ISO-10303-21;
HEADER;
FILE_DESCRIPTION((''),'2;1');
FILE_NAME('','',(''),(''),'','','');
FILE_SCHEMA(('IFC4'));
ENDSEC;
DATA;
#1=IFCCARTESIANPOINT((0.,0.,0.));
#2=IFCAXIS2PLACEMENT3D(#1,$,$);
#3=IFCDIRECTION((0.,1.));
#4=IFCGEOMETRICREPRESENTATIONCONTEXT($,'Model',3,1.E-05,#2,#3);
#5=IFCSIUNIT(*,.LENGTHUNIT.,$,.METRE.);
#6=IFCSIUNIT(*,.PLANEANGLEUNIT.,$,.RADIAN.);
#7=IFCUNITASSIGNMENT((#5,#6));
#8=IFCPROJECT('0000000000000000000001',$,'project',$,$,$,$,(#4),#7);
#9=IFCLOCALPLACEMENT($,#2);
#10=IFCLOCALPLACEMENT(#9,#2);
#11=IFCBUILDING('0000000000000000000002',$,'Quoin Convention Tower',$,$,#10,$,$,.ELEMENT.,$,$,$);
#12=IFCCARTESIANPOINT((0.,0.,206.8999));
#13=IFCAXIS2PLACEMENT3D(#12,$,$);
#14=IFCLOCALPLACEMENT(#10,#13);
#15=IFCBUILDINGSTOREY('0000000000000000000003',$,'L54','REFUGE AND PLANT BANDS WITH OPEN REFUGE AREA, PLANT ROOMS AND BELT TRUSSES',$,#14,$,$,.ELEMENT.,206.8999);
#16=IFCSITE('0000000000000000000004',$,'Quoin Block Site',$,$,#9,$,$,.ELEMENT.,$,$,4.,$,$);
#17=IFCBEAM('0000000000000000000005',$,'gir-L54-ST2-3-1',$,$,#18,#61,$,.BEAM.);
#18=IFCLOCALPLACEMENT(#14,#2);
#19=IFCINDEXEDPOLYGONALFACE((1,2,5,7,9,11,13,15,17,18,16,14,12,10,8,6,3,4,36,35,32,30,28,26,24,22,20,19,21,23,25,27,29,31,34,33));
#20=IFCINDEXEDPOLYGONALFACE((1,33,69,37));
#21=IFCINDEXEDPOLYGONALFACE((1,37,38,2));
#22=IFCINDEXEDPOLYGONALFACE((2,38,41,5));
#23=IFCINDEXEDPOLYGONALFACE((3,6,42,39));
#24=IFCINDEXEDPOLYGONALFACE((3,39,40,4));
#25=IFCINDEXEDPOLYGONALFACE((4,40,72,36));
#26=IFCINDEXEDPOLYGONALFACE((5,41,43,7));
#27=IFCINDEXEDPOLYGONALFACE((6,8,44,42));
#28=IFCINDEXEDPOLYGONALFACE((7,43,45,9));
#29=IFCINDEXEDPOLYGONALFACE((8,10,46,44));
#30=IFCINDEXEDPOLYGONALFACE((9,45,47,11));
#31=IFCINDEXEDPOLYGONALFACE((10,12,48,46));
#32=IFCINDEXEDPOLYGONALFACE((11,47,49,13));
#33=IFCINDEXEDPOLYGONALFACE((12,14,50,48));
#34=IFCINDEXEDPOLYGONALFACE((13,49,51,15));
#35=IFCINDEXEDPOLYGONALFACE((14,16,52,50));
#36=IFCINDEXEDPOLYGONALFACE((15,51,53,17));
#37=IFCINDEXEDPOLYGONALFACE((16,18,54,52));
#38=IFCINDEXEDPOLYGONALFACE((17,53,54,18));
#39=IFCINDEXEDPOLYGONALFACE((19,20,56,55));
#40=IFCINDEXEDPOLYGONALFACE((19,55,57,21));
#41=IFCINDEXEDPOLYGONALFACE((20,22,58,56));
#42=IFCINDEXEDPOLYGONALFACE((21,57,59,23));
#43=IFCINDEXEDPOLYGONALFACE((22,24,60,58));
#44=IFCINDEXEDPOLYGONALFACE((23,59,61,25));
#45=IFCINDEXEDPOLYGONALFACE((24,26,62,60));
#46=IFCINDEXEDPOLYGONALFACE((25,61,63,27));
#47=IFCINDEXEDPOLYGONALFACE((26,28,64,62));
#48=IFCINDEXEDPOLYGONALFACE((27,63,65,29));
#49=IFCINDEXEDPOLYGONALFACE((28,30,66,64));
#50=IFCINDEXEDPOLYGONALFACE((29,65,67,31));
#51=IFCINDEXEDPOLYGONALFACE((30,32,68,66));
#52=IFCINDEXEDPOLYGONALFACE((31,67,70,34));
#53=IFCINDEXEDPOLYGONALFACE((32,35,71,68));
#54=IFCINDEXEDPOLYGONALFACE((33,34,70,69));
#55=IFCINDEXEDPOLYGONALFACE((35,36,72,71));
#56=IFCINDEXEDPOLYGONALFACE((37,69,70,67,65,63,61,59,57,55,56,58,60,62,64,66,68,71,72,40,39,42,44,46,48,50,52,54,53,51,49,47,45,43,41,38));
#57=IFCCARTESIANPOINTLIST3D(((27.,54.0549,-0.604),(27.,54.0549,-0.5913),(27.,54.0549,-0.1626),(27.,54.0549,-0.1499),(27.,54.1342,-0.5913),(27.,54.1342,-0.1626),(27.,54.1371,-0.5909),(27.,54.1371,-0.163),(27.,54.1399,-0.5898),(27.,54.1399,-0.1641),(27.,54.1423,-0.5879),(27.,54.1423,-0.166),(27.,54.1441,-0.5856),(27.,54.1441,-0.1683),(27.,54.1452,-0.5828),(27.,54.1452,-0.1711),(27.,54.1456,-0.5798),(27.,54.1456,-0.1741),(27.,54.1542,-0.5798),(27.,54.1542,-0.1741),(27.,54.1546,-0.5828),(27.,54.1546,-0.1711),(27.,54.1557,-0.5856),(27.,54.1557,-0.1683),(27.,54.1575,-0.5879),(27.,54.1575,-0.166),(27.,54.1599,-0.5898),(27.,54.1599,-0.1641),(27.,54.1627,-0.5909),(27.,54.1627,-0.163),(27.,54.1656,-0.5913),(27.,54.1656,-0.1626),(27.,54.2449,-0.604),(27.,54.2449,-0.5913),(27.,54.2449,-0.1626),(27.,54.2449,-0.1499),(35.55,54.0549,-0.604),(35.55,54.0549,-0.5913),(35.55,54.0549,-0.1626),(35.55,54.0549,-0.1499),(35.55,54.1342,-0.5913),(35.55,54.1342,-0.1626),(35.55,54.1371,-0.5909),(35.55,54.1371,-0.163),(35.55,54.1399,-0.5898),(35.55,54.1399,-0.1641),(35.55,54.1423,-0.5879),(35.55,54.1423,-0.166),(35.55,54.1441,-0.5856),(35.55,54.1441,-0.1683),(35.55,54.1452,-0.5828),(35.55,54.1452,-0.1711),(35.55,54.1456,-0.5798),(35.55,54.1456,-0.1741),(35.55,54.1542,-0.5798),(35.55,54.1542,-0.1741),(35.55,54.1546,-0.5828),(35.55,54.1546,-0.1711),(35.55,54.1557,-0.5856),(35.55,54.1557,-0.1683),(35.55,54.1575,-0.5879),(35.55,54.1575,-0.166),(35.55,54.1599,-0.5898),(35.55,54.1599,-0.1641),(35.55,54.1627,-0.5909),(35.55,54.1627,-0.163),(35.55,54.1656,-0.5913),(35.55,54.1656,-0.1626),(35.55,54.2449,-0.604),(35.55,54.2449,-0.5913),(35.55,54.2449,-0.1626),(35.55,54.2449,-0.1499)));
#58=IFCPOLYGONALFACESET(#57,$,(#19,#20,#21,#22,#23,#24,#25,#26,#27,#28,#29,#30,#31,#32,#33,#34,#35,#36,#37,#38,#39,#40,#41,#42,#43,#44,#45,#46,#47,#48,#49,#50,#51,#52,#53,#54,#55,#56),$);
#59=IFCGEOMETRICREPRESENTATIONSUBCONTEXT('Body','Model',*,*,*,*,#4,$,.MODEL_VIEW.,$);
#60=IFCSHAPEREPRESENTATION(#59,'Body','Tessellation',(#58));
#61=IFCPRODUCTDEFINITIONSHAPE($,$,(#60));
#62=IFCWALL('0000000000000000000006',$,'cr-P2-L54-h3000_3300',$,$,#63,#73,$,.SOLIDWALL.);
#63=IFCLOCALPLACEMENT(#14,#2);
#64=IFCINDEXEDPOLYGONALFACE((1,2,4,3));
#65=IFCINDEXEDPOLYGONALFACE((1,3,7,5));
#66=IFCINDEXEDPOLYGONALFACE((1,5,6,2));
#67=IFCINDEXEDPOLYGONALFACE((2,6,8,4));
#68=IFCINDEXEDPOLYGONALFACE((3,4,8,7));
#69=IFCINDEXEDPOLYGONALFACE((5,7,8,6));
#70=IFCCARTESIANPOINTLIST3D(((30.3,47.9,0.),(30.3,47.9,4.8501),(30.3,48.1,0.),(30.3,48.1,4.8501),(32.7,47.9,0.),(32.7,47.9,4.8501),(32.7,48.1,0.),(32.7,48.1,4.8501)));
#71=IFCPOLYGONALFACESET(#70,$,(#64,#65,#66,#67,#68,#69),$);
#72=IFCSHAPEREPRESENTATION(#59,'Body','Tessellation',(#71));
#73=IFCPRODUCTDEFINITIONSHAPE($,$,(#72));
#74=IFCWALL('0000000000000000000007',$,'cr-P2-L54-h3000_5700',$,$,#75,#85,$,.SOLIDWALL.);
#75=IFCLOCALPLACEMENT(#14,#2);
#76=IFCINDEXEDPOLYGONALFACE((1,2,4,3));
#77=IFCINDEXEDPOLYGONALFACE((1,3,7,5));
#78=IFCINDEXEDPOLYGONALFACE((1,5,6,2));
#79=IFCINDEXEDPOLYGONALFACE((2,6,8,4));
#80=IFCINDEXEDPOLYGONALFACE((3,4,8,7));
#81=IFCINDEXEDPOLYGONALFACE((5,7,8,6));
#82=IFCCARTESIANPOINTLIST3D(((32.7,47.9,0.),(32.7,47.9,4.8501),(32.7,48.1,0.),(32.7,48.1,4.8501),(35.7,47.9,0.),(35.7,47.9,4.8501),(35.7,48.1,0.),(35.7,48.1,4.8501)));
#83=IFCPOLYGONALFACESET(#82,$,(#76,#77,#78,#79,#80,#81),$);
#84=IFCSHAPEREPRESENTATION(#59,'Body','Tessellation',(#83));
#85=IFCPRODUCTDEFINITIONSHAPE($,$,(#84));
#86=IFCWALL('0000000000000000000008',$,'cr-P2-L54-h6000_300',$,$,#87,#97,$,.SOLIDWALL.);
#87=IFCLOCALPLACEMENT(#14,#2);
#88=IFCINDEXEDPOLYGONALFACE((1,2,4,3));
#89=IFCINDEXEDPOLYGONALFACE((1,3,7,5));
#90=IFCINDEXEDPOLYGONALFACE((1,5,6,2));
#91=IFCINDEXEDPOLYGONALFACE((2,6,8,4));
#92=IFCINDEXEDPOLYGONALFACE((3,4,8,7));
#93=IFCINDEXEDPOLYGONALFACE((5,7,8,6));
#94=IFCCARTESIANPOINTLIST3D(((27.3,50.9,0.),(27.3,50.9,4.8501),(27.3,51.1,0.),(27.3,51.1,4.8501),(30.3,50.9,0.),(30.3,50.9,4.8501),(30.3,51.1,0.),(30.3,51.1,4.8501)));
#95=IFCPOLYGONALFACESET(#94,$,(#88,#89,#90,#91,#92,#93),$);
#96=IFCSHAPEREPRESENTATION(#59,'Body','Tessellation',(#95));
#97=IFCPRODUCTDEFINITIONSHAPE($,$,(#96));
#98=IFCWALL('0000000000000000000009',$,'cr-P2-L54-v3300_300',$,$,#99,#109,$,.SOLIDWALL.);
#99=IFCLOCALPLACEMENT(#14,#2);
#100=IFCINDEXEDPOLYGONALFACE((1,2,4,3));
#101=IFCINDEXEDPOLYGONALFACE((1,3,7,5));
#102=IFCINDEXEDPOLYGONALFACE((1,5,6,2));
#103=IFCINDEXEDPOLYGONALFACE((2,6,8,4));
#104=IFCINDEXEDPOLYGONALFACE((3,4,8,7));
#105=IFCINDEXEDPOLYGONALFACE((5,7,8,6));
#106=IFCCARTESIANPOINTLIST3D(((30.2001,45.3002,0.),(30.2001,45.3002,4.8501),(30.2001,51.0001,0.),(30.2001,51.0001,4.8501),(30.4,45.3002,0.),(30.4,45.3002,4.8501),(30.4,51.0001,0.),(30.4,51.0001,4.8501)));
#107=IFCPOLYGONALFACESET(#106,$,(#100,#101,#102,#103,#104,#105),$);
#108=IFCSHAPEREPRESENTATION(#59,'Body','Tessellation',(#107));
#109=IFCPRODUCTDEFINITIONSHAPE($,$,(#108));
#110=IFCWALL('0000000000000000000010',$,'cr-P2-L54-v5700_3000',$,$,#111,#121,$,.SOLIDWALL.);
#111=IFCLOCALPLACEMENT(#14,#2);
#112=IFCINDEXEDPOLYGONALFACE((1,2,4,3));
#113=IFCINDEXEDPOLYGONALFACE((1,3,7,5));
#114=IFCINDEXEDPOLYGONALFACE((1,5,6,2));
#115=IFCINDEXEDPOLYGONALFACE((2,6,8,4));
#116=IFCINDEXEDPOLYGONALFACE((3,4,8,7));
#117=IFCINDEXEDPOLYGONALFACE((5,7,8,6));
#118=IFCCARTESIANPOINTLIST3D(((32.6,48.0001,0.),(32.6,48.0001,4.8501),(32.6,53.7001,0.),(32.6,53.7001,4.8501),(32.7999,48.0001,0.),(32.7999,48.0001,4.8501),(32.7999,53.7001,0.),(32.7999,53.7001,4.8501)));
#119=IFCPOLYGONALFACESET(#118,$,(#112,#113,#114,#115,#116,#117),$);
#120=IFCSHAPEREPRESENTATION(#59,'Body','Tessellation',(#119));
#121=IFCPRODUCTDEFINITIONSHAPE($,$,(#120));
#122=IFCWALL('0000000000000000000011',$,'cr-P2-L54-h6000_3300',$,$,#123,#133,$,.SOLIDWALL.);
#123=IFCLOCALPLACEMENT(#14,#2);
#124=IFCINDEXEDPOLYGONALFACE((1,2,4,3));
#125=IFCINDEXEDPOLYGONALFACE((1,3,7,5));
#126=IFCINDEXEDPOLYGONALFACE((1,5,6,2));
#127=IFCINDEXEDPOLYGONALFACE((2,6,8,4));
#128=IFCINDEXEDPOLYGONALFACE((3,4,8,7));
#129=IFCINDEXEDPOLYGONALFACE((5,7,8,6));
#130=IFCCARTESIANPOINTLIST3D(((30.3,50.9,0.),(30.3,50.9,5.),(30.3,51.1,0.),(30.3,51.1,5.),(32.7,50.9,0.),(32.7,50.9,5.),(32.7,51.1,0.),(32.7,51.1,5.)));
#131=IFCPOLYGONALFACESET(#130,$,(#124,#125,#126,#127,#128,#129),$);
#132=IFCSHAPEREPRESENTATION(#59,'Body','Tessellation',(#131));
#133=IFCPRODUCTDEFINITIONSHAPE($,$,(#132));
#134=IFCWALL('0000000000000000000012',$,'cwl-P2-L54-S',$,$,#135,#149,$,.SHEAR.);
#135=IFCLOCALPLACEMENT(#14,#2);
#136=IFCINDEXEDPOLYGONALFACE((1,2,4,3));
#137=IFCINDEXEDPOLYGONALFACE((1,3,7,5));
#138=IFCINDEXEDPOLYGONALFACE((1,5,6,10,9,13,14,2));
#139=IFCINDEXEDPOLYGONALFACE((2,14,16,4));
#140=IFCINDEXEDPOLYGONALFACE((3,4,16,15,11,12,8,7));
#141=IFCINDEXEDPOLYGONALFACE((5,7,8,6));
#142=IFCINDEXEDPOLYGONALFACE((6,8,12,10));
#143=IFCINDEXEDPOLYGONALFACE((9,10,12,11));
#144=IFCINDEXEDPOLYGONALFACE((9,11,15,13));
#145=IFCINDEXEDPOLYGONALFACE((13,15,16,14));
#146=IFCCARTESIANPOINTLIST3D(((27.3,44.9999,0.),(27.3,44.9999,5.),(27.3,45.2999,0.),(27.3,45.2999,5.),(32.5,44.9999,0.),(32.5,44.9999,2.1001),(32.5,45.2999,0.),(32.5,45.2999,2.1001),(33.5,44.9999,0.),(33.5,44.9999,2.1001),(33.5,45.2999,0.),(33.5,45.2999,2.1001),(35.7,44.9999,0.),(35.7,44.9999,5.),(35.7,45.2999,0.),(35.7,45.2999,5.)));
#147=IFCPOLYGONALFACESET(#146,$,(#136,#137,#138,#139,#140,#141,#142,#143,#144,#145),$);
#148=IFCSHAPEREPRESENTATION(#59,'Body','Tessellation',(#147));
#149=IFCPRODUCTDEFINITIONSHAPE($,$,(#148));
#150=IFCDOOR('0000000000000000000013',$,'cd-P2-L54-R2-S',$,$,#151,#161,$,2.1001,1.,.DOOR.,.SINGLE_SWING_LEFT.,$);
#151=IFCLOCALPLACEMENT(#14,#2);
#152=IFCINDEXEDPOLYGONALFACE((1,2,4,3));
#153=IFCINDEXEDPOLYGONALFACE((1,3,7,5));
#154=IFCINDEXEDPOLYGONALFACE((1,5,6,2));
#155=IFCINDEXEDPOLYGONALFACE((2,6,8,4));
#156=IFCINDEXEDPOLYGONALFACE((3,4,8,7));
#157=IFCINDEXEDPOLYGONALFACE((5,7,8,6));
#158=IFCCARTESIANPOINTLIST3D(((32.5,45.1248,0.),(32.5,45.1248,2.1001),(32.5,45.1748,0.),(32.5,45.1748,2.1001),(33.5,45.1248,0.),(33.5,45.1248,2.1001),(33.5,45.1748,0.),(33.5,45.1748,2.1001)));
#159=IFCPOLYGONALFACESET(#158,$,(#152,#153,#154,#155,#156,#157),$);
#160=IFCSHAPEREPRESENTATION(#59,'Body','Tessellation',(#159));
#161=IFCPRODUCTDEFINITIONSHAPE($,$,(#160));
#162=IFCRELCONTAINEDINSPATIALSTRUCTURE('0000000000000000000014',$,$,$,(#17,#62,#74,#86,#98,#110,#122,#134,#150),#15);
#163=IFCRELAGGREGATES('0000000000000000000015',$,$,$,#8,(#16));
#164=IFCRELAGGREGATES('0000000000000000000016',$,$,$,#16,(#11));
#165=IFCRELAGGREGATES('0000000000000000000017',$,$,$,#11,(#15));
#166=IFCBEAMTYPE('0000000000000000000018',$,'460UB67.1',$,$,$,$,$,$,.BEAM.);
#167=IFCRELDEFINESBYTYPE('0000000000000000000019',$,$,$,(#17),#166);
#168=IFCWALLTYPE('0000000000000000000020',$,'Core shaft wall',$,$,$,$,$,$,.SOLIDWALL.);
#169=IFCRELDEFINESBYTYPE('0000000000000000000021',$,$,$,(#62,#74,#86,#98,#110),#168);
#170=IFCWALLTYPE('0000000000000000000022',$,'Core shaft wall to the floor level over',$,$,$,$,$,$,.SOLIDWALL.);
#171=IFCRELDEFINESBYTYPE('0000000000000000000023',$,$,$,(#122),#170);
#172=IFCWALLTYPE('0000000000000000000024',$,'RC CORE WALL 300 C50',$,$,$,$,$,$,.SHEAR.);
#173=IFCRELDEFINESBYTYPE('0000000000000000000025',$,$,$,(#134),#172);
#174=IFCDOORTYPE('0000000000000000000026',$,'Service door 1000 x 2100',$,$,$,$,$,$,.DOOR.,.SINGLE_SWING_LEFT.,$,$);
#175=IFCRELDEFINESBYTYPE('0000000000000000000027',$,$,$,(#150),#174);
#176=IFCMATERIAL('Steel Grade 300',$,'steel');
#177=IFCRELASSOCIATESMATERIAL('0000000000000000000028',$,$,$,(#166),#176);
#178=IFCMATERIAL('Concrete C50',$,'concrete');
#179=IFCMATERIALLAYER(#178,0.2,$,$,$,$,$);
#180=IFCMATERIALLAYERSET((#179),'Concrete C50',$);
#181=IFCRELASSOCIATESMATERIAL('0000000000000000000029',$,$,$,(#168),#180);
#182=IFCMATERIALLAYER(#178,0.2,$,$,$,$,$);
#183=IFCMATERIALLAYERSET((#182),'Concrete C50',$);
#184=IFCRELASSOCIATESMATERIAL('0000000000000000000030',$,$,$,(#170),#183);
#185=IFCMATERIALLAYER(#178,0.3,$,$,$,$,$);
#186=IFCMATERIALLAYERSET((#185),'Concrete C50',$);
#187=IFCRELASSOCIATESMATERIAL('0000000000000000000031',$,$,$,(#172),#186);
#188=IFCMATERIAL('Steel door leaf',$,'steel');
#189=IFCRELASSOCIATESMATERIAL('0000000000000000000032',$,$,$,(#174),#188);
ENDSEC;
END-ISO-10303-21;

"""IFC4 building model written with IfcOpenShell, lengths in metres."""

from ifc_helpers import new_model, si_unit, direction, frame, frame_2d, origin, origin_2d, place, context, subcontext, project, spatial, rectangle, i_section, extrude, material, layer, layer_set, material_profile, profile_set, type_object, element, fill, save


model = new_model("IFC4")

# Units and contexts
model_context = context("Model", 3, precision=1e-05, world=origin(), true_north=direction((0.0, 1.0)))
body_context = subcontext(model_context, "Body", "Model", "MODEL_VIEW")
ifc_project = project(units=[si_unit("LENGTHUNIT", "METRE"), si_unit("PLANEANGLEUNIT", "RADIAN")], contexts=[model_context])

# Site, building, storey
site_placement = place(None, origin())
site = spatial("IfcSite", under=ifc_project, at=site_placement, Name="Quoin Block Site", CompositionType="ELEMENT", RefElevation=4.0)
building_placement = place(site_placement, origin())
building = spatial("IfcBuilding", under=site, at=building_placement, Name="Quoin Convention Tower", CompositionType="ELEMENT")
storey_placement = place(building_placement, frame((0.0, 0.0, 206.8999)))
storey = spatial("IfcBuildingStorey", under=building, at=storey_placement, Name="L54", Description="REFUGE AND PLANT BANDS WITH OPEN REFUGE AREA, PLANT ROOMS AND BELT TRUSSES", CompositionType="ELEMENT", Elevation=206.8999)

# Beam
ifc_material_1 = material(Name="Steel Grade 300", Category="steel")
ifc_material_profile = material_profile(ifc_material_1, i_section(OverallWidth=0.1899, OverallDepth=0.4541, WebThickness=0.0085, FlangeThickness=0.0127, FilletRadius=0.0115, at=origin_2d()), Name="460UB67.1")
ifc_profile_set = profile_set([ifc_material_profile], Name="Steel Grade 300")
beam_type = type_object("IfcBeamType", Name="460UB67.1", PredefinedType="BEAM", material=ifc_profile_set)
beam_placement = place(storey_placement, frame((27.0, 54.1499, -0.377), z_axis=(1.0, 0.0, 0.0), x_axis=(0.0, 1.0, 0.0)))
element("IfcBeam", 1, at=beam_placement, inside=storey, type_object=beam_type, Name="gir-L54-ST2-3-1", PredefinedType="BEAM", context=body_context, shape_type="SweptSolid", body=[
    extrude(i_section(OverallWidth=0.1899, OverallDepth=0.4541, WebThickness=0.0085, FlangeThickness=0.0127, FilletRadius=0.0115, at=origin_2d()), origin(), (0.0, 0.0, 1.0), 8.55),
])

# Walls
ifc_material_2 = material(Name="Concrete C50", Category="concrete")
ifc_layer_1 = layer(ifc_material_2, 0.2)
ifc_layer_set_1 = layer_set([ifc_layer_1], Name="Concrete C50")
wall_type_1 = type_object("IfcWallType", Name="Core shaft wall", PredefinedType="SOLIDWALL", material=ifc_layer_set_1)
wall_1_placement = place(storey_placement, frame((30.3, 48.0, 0.0), z_axis=(0.0, 0.0, 1.0), x_axis=(1.0, 0.0, 0.0)))
element("IfcWall", 2, at=wall_1_placement, inside=storey, type_object=wall_type_1, Name="cr-P2-L54-h3000_3300", PredefinedType="SOLIDWALL", context=body_context, shape_type="SweptSolid", body=[
    extrude(rectangle(XDim=2.3999, YDim=0.2, at=frame_2d((1.2, 0.0))), origin(), (0.0, 0.0, 1.0), 4.8501),
])
for number, where, z_axis, x_axis, name in (
    (3, (32.7, 48.0, 0.0), (0.0, 0.0, 1.0), (1.0, 0.0, 0.0), "cr-P2-L54-h3000_5700"),
    (4, (27.3, 51.0, 0.0), (0.0, 0.0, 1.0), (1.0, 0.0, 0.0), "cr-P2-L54-h6000_300"),
):
    element("IfcWall", number, at=place(storey_placement, frame(where, z_axis=z_axis, x_axis=x_axis)), inside=storey, type_object=wall_type_1, Name=name, PredefinedType="SOLIDWALL", context=body_context, shape_type="SweptSolid", body=[
        extrude(rectangle(XDim=3.0, YDim=0.2, at=frame_2d((1.5, 0.0))), origin(), (0.0, 0.0, 1.0), 4.8501),
    ])
for number, where, z_axis, x_axis, name in (
    (5, (30.3, 45.3, 0.0), (0.0, 0.0, 1.0), (0.0, 1.0, 0.0), "cr-P2-L54-v3300_300"),
    (6, (32.7, 48.0, 0.0), (0.0, 0.0, 1.0), (0.0, 1.0, 0.0), "cr-P2-L54-v5700_3000"),
):
    element("IfcWall", number, at=place(storey_placement, frame(where, z_axis=z_axis, x_axis=x_axis)), inside=storey, type_object=wall_type_1, Name=name, PredefinedType="SOLIDWALL", context=body_context, shape_type="SweptSolid", body=[
        extrude(rectangle(XDim=5.7, YDim=0.2, at=frame_2d((2.8501, 0.0))), origin(), (0.0, 0.0, 1.0), 4.8501),
    ])
ifc_layer_2 = layer(ifc_material_2, 0.2)
ifc_layer_set_2 = layer_set([ifc_layer_2], Name="Concrete C50")
wall_type_2 = type_object("IfcWallType", Name="Core shaft wall to the floor level over", PredefinedType="SOLIDWALL", material=ifc_layer_set_2)
wall_2_placement = place(storey_placement, frame((30.3, 51.0, 0.0), z_axis=(0.0, 0.0, 1.0), x_axis=(1.0, 0.0, 0.0)))
element("IfcWall", 7, at=wall_2_placement, inside=storey, type_object=wall_type_2, Name="cr-P2-L54-h6000_3300", PredefinedType="SOLIDWALL", context=body_context, shape_type="SweptSolid", body=[
    extrude(rectangle(XDim=2.3999, YDim=0.2, at=frame_2d((1.2, 0.0))), origin(), (0.0, 0.0, 1.0), 5.0),
])

# Wall, opening, door
ifc_layer_3 = layer(ifc_material_2, 0.3)
ifc_layer_set_3 = layer_set([ifc_layer_3], Name="Concrete C50")
wall_type_3 = type_object("IfcWallType", Name="RC CORE WALL 300 C50", PredefinedType="SHEAR", material=ifc_layer_set_3)
wall_3_placement = place(storey_placement, frame((27.3, 45.1499, 0.0), z_axis=(0.0, 0.0, 1.0), x_axis=(1.0, 0.0, 0.0)))
wall_3 = element("IfcWall", 8, at=wall_3_placement, inside=storey, type_object=wall_type_3, Name="cwl-P2-L54-S", PredefinedType="SHEAR", context=body_context, shape_type="SweptSolid", body=[
    extrude(rectangle(XDim=8.3999, YDim=0.3, at=frame_2d((4.2, 0.0))), origin(), (0.0, 0.0, 1.0), 5.0),
])
opening_1_placement = place(wall_3_placement, frame((5.2, 0.0, 0.0)))
opening_1 = element("IfcOpeningElement", 9, at=opening_1_placement, cuts=wall_3, PredefinedType="OPENING", context=body_context, shape_type="SweptSolid", body=[
    extrude(rectangle(XDim=1.0, YDim=2.1001, at=frame_2d((0.5, 1.05))), frame((0.0, 0.1599, 0.0), z_axis=(0.0, -1.0, 0.0), x_axis=(1.0, 0.0, 0.0)), (0.0, 0.0, 1.0), 0.3201),
])
ifc_material_3 = material(Name="Steel door leaf", Category="steel")
door_type_1 = type_object("IfcDoorType", Name="Service door 1000 x 2100", OperationType="SINGLE_SWING_LEFT", PredefinedType="DOOR", material=ifc_material_3)
door_1_placement = place(opening_1_placement, origin())
door_1 = element("IfcDoor", 10, at=door_1_placement, inside=storey, type_object=door_type_1, Name="cd-P2-L54-R2-S", OperationType="SINGLE_SWING_LEFT", OverallHeight=2.1001, OverallWidth=1.0, PredefinedType="DOOR", context=body_context, shape_type="SweptSolid", body=[
    extrude(rectangle(XDim=1.0, YDim=2.1001, at=frame_2d((0.5, 1.05))), frame((0.0, 0.0249, 0.0), z_axis=(0.0, -1.0, 0.0), x_axis=(1.0, 0.0, 0.0)), (0.0, 0.0, 1.0), 0.05),
])
fill(opening_1, door_1)

save(model, "model.ifc")
